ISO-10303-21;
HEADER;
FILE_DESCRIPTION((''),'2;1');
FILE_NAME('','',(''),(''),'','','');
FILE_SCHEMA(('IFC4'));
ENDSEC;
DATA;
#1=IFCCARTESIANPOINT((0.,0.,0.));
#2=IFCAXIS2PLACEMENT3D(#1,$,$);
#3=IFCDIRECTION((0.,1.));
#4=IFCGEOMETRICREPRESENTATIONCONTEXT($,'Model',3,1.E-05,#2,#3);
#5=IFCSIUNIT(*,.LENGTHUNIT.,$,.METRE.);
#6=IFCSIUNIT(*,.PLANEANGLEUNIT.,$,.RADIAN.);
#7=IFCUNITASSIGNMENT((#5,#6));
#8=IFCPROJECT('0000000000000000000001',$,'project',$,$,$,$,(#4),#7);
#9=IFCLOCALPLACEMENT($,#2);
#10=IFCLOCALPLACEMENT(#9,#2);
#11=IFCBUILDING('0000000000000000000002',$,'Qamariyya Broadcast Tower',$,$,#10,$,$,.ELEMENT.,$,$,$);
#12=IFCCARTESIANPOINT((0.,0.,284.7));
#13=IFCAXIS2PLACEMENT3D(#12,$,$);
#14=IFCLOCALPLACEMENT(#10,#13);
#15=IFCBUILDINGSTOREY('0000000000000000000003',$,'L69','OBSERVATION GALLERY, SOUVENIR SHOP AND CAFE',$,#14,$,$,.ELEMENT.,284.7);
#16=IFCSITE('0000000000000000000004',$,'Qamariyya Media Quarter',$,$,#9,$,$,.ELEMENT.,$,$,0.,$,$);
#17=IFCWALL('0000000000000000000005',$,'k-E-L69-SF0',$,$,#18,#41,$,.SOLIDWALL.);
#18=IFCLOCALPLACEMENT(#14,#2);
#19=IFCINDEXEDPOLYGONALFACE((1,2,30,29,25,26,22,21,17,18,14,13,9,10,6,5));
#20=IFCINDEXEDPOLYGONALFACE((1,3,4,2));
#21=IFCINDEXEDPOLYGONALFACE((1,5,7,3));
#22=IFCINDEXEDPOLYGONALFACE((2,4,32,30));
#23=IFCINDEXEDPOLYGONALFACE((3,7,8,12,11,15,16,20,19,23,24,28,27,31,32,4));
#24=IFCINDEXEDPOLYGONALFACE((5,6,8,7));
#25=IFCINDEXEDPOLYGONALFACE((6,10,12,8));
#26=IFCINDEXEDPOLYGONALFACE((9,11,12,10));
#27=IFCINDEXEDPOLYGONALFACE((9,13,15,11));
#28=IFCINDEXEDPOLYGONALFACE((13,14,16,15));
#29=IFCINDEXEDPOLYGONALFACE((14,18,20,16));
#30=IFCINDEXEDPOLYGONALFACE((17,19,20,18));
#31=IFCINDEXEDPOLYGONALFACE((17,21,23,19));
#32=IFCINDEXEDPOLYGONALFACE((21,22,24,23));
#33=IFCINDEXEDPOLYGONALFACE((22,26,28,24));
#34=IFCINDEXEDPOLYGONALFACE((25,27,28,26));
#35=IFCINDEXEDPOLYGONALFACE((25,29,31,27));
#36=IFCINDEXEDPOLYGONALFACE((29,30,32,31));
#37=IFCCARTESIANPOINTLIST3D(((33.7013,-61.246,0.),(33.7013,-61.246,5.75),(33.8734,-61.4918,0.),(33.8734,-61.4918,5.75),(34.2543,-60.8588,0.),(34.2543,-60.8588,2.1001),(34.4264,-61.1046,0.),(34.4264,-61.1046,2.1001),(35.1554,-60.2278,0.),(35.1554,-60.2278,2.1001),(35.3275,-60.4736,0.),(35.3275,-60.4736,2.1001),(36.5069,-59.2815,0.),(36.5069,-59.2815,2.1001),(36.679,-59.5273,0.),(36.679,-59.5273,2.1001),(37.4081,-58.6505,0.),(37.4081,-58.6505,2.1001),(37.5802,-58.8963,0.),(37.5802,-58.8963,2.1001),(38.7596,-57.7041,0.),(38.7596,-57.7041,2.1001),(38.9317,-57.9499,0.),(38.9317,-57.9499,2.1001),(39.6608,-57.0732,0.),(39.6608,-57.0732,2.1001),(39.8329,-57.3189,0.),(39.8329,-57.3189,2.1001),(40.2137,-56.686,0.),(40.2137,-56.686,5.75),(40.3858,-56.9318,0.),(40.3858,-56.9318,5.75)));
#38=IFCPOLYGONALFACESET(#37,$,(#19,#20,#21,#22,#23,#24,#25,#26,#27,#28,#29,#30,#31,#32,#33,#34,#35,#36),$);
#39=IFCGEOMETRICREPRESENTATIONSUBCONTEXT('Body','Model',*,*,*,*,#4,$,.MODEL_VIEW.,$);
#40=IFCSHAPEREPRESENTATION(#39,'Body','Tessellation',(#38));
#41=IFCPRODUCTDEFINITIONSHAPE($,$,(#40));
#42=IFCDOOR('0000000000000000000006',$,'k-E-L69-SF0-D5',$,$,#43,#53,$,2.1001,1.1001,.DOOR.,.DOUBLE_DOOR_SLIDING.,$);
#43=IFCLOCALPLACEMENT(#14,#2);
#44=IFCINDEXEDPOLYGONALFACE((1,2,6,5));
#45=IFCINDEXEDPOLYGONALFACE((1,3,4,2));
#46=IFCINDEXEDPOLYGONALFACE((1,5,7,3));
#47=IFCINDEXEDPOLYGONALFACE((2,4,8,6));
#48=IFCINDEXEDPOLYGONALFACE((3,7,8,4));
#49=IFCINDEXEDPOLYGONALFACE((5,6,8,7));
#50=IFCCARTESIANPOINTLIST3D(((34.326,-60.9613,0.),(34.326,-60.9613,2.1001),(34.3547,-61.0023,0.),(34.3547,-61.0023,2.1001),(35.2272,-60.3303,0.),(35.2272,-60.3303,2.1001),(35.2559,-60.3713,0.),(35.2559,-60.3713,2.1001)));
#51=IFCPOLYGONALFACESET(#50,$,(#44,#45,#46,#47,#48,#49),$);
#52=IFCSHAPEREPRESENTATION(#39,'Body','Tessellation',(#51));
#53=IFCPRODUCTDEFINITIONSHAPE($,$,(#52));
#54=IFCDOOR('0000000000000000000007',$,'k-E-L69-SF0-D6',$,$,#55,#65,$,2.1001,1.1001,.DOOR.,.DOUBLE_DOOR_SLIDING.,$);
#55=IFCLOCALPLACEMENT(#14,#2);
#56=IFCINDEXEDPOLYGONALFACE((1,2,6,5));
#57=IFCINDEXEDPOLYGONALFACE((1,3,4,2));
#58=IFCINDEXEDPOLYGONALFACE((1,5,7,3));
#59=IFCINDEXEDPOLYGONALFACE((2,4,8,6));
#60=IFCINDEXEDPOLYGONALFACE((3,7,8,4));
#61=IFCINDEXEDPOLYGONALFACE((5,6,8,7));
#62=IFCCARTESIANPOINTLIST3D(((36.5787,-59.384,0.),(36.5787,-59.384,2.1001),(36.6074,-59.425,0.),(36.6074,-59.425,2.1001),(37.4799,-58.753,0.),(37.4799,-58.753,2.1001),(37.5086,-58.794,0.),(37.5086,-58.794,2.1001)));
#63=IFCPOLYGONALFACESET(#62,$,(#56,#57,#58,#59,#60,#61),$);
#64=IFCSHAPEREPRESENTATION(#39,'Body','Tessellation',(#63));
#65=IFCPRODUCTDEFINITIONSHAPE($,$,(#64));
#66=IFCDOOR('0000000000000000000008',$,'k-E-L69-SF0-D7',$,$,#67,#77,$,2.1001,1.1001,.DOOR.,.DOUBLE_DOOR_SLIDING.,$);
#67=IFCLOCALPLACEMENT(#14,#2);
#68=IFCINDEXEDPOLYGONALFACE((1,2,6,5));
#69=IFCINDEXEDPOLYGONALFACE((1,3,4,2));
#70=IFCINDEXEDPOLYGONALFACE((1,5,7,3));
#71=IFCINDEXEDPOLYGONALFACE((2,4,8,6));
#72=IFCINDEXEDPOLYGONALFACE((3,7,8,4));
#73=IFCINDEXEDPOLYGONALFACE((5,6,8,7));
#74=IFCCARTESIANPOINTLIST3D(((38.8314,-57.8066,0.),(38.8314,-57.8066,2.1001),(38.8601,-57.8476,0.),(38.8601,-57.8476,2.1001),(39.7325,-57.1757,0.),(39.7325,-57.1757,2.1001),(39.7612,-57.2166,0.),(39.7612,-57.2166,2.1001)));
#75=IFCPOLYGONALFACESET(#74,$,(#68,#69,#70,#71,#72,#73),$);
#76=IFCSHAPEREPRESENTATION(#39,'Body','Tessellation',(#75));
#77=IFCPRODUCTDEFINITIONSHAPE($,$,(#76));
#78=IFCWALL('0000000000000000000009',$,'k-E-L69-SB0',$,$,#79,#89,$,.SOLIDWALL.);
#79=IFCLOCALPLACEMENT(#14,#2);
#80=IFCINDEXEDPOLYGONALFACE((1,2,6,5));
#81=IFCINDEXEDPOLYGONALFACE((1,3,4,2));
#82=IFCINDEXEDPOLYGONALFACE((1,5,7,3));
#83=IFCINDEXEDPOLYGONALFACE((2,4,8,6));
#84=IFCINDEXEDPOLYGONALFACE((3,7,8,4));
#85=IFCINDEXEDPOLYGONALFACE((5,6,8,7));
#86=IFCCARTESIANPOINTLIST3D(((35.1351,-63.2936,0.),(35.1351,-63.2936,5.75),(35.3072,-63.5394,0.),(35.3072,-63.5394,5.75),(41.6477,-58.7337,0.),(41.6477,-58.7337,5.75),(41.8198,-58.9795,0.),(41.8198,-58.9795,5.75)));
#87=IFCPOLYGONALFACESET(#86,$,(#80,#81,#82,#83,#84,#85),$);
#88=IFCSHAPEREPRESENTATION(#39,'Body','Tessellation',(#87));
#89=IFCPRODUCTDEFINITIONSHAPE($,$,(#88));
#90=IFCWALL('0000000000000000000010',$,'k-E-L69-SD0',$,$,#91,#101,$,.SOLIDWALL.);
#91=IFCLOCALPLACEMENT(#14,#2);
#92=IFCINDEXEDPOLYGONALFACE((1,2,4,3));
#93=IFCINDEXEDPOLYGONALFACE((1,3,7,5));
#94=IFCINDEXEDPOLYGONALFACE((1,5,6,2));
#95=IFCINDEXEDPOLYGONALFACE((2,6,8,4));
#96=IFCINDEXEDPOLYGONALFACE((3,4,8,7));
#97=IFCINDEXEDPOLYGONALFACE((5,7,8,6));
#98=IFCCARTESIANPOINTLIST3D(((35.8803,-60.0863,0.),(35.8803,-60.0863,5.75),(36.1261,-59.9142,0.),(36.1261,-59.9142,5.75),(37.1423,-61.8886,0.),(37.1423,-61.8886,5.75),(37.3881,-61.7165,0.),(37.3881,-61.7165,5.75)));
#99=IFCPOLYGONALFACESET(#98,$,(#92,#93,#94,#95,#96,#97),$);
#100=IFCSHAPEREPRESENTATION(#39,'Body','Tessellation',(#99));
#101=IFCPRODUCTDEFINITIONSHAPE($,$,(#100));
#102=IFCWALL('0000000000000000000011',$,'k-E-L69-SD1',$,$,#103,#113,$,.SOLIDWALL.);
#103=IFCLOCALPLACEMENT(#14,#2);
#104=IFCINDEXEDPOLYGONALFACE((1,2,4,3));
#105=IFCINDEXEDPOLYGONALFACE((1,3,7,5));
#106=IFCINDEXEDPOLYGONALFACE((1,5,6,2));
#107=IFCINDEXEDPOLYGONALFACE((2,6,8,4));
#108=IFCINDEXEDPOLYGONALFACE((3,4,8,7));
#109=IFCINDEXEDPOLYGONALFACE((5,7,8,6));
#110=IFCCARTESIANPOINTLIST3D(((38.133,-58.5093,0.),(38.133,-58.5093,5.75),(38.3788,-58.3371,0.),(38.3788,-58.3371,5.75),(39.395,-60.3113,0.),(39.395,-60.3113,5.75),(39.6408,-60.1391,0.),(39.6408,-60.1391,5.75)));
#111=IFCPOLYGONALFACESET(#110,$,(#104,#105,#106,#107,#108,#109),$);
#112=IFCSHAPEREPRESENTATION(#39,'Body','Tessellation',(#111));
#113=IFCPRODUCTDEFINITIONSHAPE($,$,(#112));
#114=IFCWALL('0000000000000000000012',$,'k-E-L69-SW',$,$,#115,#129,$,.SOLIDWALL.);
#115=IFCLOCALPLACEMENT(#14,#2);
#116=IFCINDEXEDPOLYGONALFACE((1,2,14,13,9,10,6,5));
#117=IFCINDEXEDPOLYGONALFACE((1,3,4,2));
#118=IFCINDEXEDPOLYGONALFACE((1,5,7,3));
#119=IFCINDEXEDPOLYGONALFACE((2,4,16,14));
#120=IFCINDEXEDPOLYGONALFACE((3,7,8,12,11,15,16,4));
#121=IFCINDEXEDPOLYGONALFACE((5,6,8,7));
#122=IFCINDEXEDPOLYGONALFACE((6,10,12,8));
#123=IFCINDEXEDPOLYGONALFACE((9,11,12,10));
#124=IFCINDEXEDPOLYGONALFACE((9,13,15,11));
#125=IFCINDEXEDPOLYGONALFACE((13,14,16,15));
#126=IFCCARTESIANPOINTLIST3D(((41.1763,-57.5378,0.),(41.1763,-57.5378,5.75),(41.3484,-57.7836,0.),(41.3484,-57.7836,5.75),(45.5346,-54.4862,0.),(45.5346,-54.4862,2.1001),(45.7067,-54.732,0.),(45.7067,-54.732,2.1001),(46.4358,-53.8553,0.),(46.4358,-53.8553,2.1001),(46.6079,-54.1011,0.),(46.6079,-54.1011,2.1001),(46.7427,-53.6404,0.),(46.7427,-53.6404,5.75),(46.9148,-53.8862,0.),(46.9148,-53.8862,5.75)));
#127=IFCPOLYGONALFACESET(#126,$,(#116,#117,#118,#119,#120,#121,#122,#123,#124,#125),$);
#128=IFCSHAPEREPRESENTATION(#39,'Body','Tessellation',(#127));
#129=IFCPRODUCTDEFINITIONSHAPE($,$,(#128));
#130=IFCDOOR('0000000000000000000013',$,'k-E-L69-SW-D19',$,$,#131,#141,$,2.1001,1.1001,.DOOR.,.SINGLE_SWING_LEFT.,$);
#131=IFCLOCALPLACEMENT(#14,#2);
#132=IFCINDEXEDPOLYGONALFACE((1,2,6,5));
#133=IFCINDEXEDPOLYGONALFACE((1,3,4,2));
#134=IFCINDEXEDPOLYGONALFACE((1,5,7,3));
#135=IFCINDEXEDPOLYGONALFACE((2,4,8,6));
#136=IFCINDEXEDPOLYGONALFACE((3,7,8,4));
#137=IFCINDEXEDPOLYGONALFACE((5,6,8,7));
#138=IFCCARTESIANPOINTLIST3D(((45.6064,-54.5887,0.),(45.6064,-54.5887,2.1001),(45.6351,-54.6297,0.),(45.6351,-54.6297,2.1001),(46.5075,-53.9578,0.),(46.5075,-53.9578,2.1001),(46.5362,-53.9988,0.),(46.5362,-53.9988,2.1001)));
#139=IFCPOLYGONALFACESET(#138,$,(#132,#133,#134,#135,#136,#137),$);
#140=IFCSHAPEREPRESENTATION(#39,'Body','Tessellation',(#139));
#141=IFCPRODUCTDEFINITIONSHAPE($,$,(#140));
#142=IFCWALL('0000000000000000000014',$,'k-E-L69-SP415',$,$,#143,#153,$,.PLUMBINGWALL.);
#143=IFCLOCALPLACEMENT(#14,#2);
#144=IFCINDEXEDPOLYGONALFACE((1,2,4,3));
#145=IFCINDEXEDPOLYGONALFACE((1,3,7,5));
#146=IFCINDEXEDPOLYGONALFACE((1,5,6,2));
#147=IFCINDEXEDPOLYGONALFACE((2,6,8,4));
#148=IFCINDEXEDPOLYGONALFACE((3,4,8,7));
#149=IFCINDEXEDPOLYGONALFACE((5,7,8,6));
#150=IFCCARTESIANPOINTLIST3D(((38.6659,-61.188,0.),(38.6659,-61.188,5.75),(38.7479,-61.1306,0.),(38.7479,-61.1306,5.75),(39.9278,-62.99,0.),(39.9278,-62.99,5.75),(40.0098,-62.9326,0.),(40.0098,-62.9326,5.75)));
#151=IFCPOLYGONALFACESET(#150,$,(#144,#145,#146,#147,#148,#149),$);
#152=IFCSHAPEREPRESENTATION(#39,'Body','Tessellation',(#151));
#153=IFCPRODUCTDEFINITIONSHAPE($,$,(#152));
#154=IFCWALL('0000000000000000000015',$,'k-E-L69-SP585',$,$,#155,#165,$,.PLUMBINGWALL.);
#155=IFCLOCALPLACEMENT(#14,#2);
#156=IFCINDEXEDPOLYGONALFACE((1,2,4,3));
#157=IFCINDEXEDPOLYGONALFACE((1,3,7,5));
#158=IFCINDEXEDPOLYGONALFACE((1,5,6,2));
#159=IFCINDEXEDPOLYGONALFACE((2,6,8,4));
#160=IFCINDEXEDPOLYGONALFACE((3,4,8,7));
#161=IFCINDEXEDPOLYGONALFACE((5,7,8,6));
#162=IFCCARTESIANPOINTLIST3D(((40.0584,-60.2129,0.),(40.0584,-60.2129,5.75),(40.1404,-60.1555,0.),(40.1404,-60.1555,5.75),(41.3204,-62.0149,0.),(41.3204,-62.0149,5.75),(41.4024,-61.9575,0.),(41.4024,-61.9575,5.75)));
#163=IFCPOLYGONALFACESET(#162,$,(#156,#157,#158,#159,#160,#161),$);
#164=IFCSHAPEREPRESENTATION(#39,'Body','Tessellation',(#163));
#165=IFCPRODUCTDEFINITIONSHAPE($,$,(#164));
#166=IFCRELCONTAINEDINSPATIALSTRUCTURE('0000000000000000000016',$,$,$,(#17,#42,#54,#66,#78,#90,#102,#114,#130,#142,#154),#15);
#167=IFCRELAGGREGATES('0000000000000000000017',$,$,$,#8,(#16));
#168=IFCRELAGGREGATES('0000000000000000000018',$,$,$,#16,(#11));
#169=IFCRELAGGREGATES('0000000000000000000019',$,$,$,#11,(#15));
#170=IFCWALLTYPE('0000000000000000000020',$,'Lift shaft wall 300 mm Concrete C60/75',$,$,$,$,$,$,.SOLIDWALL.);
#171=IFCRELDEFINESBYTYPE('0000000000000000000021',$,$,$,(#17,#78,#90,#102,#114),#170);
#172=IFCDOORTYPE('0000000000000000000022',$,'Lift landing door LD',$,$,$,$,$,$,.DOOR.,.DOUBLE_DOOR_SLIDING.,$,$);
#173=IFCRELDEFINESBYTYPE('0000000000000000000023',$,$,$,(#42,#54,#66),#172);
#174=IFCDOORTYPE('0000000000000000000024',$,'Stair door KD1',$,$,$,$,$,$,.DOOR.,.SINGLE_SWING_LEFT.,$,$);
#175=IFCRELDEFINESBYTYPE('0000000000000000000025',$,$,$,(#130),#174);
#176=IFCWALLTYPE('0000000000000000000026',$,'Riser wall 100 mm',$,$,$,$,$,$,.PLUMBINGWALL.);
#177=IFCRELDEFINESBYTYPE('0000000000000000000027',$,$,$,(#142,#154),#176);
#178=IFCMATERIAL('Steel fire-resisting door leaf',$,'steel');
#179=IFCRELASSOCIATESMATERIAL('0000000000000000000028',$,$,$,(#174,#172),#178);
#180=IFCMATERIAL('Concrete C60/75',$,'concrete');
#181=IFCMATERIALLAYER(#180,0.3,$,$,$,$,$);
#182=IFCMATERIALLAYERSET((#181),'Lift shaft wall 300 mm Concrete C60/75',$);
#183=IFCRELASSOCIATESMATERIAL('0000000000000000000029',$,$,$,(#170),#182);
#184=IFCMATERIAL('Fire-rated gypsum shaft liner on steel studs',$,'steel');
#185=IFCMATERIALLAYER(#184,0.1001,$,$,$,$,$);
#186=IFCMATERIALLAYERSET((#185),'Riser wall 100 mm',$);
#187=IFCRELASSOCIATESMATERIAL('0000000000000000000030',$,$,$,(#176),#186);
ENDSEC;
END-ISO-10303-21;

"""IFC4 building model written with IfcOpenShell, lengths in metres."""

from ifc_helpers import new_model, si_unit, direction, frame, frame_2d, origin, place, context, subcontext, project, spatial, rectangle, extrude, material, layer, layer_set, type_object, element, fill, save


model = new_model("IFC4")

# Units and contexts
model_context = context("Model", 3, precision=1e-05, world=origin(), true_north=direction((0.0, 1.0)))
body_context = subcontext(model_context, "Body", "Model", "MODEL_VIEW")
ifc_project = project(units=[si_unit("LENGTHUNIT", "METRE"), si_unit("PLANEANGLEUNIT", "RADIAN")], contexts=[model_context])

# Site, building, storey
site_placement = place(None, origin())
site = spatial("IfcSite", under=ifc_project, at=site_placement, Name="Qamariyya Media Quarter", CompositionType="ELEMENT", RefElevation=0.0)
building_placement = place(site_placement, origin())
building = spatial("IfcBuilding", under=site, at=building_placement, Name="Qamariyya Broadcast Tower", CompositionType="ELEMENT")
storey_placement = place(building_placement, frame((0.0, 0.0, 284.7)))
storey = spatial("IfcBuildingStorey", under=building, at=storey_placement, Name="L69", Description="OBSERVATION GALLERY, SOUVENIR SHOP AND CAFE", CompositionType="ELEMENT", Elevation=284.7)

# Shared definitions
ifc_material_1 = material(Name="Concrete C60/75", Category="concrete")
ifc_material_2 = material(Name="Steel fire-resisting door leaf", Category="steel")

# Shared definitions
door_type_1 = type_object("IfcDoorType", Name="Stair door KD1", OperationType="SINGLE_SWING_LEFT", PredefinedType="DOOR", material=ifc_material_2)

# Wall, openings, doors
ifc_layer_1 = layer(ifc_material_1, 0.3)
ifc_layer_set_1 = layer_set([ifc_layer_1], Name="Lift shaft wall 300 mm Concrete C60/75")
wall_type_1 = type_object("IfcWallType", Name="Lift shaft wall 300 mm Concrete C60/75", PredefinedType="SOLIDWALL", material=ifc_layer_set_1)
wall_1_placement = place(storey_placement, frame((33.7874, -61.3689, 0.0), z_axis=(0.0, 0.0, 1.0), x_axis=(0.819153, 0.573576, 0.0)))
wall_1 = element("IfcWall", 1, at=wall_1_placement, inside=storey, type_object=wall_type_1, Name="k-E-L69-SF0", PredefinedType="SOLIDWALL", context=body_context, shape_type="SweptSolid", body=[
    extrude(rectangle(XDim=7.9502, YDim=0.3, at=frame_2d((3.9751, 0.0))), origin(), (0.0, 0.0, 1.0), 5.75),
])
opening_1_placement = place(wall_1_placement, frame((0.675, 0.0, 0.0)))
opening_1 = element("IfcOpeningElement", 2, at=opening_1_placement, cuts=wall_1, PredefinedType="OPENING", context=body_context, shape_type="SweptSolid", body=[
    extrude(rectangle(XDim=1.1001, YDim=2.1001, at=frame_2d((0.55, 1.05))), frame((0.0, 0.1599, 0.0), z_axis=(0.0, -1.0, 0.0), x_axis=(1.0, 0.0, 0.0)), (0.0, 0.0, 1.0), 0.3201),
])
opening_2_placement = place(wall_1_placement, frame((3.425, 0.0, 0.0)))
opening_2 = element("IfcOpeningElement", 3, at=opening_2_placement, cuts=wall_1, PredefinedType="OPENING", context=body_context, shape_type="SweptSolid", body=[
    extrude(rectangle(XDim=1.1001, YDim=2.1001, at=frame_2d((0.55, 1.05))), frame((0.0, 0.1599, 0.0), z_axis=(0.0, -1.0, 0.0), x_axis=(1.0, 0.0, 0.0)), (0.0, 0.0, 1.0), 0.3201),
])
opening_3_placement = place(wall_1_placement, frame((6.175, 0.0, 0.0)))
opening_3 = element("IfcOpeningElement", 4, at=opening_3_placement, cuts=wall_1, PredefinedType="OPENING", context=body_context, shape_type="SweptSolid", body=[
    extrude(rectangle(XDim=1.1001, YDim=2.1001, at=frame_2d((0.55, 1.05))), frame((0.0, 0.1599, 0.0), z_axis=(0.0, -1.0, 0.0), x_axis=(1.0, 0.0, 0.0)), (0.0, 0.0, 1.0), 0.3201),
])
door_type_2 = type_object("IfcDoorType", Name="Lift landing door LD", OperationType="DOUBLE_DOOR_SLIDING", PredefinedType="DOOR", material=ifc_material_2)
door_1_placement = place(opening_1_placement, origin())
door_1 = element("IfcDoor", 5, at=door_1_placement, inside=storey, type_object=door_type_2, Name="k-E-L69-SF0-D5", OperationType="DOUBLE_DOOR_SLIDING", OverallHeight=2.1001, OverallWidth=1.1001, PredefinedType="DOOR", context=body_context, shape_type="SweptSolid", body=[
    extrude(rectangle(XDim=1.1001, YDim=2.1001, at=frame_2d((0.55, 1.05))), frame((0.0, 0.0249, 0.0), z_axis=(0.0, -1.0, 0.0), x_axis=(1.0, 0.0, 0.0)), (0.0, 0.0, 1.0), 0.05),
])
fill(opening_1, door_1)
door_2_placement = place(opening_2_placement, origin())
door_2 = element("IfcDoor", 6, at=door_2_placement, inside=storey, type_object=door_type_2, Name="k-E-L69-SF0-D6", OperationType="DOUBLE_DOOR_SLIDING", OverallHeight=2.1001, OverallWidth=1.1001, PredefinedType="DOOR", context=body_context, shape_type="SweptSolid", body=[
    extrude(rectangle(XDim=1.1001, YDim=2.1001, at=frame_2d((0.55, 1.05))), frame((0.0, 0.0249, 0.0), z_axis=(0.0, -1.0, 0.0), x_axis=(1.0, 0.0, 0.0)), (0.0, 0.0, 1.0), 0.05),
])
fill(opening_2, door_2)
door_3_placement = place(opening_3_placement, origin())
door_3 = element("IfcDoor", 7, at=door_3_placement, inside=storey, type_object=door_type_2, Name="k-E-L69-SF0-D7", OperationType="DOUBLE_DOOR_SLIDING", OverallHeight=2.1001, OverallWidth=1.1001, PredefinedType="DOOR", context=body_context, shape_type="SweptSolid", body=[
    extrude(rectangle(XDim=1.1001, YDim=2.1001, at=frame_2d((0.55, 1.05))), frame((0.0, 0.0249, 0.0), z_axis=(0.0, -1.0, 0.0), x_axis=(1.0, 0.0, 0.0)), (0.0, 0.0, 1.0), 0.05),
])
fill(opening_3, door_3)

# Walls
wall_2_placement = place(storey_placement, frame((35.2212, -63.4165, 0.0), z_axis=(0.0, 0.0, 1.0), x_axis=(0.819167, 0.573555, 0.0)))
element("IfcWall", 8, at=wall_2_placement, inside=storey, type_object=wall_type_1, Name="k-E-L69-SB0", PredefinedType="SOLIDWALL", context=body_context, shape_type="SweptSolid", body=[
    extrude(rectangle(XDim=7.9502, YDim=0.3, at=frame_2d((3.9751, 0.0))), origin(), (0.0, 0.0, 1.0), 5.75),
])
wall_3_placement = place(storey_placement, frame((36.0032, -60.0002, 0.0), z_axis=(0.0, 0.0, 1.0), x_axis=(0.573581, -0.819149, 0.0)))
element("IfcWall", 9, at=wall_3_placement, inside=storey, type_object=wall_type_1, Name="k-E-L69-SD0", PredefinedType="SOLIDWALL", context=body_context, shape_type="SweptSolid", body=[
    extrude(rectangle(XDim=2.2002, YDim=0.3, at=frame_2d((1.1001, 0.0))), origin(), (0.0, 0.0, 1.0), 5.75),
])
wall_4_placement = place(storey_placement, frame((38.2559, -58.4231, 0.0), z_axis=(0.0, 0.0, 1.0), x_axis=(0.573634, -0.819112, 0.0)))
element("IfcWall", 10, at=wall_4_placement, inside=storey, type_object=wall_type_1, Name="k-E-L69-SD1", PredefinedType="SOLIDWALL", context=body_context, shape_type="SweptSolid", body=[
    extrude(rectangle(XDim=2.2, YDim=0.3, at=frame_2d((1.1001, 0.0))), origin(), (0.0, 0.0, 1.0), 5.75),
])

# Wall, opening, door
wall_5_placement = place(storey_placement, frame((41.2625, -57.6606, 0.0), z_axis=(0.0, 0.0, 1.0), x_axis=(0.819164, 0.573559, 0.0)))
wall_5 = element("IfcWall", 11, at=wall_5_placement, inside=storey, type_object=wall_type_1, Name="k-E-L69-SW", PredefinedType="SOLIDWALL", context=body_context, shape_type="SweptSolid", body=[
    extrude(rectangle(XDim=6.7952, YDim=0.3, at=frame_2d((3.3975, 0.0))), origin(), (0.0, 0.0, 1.0), 5.75),
])
opening_4_placement = place(wall_5_placement, frame((5.3203, 0.0, 0.0)))
opening_4 = element("IfcOpeningElement", 12, at=opening_4_placement, cuts=wall_5, PredefinedType="OPENING", context=body_context, shape_type="SweptSolid", body=[
    extrude(rectangle(XDim=1.1001, YDim=2.1001, at=frame_2d((0.55, 1.05))), frame((0.0, 0.1599, 0.0), z_axis=(0.0, -1.0, 0.0), x_axis=(1.0, 0.0, 0.0)), (0.0, 0.0, 1.0), 0.3201),
])
door_4_placement = place(opening_4_placement, origin())
door_4 = element("IfcDoor", 13, at=door_4_placement, inside=storey, type_object=door_type_1, Name="k-E-L69-SW-D19", OperationType="SINGLE_SWING_LEFT", OverallHeight=2.1001, OverallWidth=1.1001, PredefinedType="DOOR", context=body_context, shape_type="SweptSolid", body=[
    extrude(rectangle(XDim=1.1001, YDim=2.1001, at=frame_2d((0.55, 1.05))), frame((0.0, 0.0249, 0.0), z_axis=(0.0, -1.0, 0.0), x_axis=(1.0, 0.0, 0.0)), (0.0, 0.0, 1.0), 0.05),
])
fill(opening_4, door_4)

# Walls
ifc_material_3 = material(Name="Fire-rated gypsum shaft liner on steel studs", Category="steel")
ifc_layer_2 = layer(ifc_material_3, 0.1001)
ifc_layer_set_2 = layer_set([ifc_layer_2], Name="Riser wall 100 mm")
wall_type_2 = type_object("IfcWallType", Name="Riser wall 100 mm", PredefinedType="PLUMBINGWALL", material=ifc_layer_set_2)
for number, where, z_axis, x_axis, name in (
    (14, (38.7068, -61.1592, 0.0), (0.0, 0.0, 1.0), (0.573634, -0.819112, 0.0), "k-E-L69-SP415"),
    (15, (40.0994, -60.1841, 0.0), (0.0, 0.0, 1.0), (0.573634, -0.819112, 0.0), "k-E-L69-SP585"),
):
    element("IfcWall", number, at=place(storey_placement, frame(where, z_axis=z_axis, x_axis=x_axis)), inside=storey, type_object=wall_type_2, Name=name, PredefinedType="PLUMBINGWALL", context=body_context, shape_type="SweptSolid", body=[
        extrude(rectangle(XDim=2.2, YDim=0.1001, at=frame_2d((1.1001, 0.0))), origin(), (0.0, 0.0, 1.0), 5.75),
    ])

save(model, "model.ifc")
